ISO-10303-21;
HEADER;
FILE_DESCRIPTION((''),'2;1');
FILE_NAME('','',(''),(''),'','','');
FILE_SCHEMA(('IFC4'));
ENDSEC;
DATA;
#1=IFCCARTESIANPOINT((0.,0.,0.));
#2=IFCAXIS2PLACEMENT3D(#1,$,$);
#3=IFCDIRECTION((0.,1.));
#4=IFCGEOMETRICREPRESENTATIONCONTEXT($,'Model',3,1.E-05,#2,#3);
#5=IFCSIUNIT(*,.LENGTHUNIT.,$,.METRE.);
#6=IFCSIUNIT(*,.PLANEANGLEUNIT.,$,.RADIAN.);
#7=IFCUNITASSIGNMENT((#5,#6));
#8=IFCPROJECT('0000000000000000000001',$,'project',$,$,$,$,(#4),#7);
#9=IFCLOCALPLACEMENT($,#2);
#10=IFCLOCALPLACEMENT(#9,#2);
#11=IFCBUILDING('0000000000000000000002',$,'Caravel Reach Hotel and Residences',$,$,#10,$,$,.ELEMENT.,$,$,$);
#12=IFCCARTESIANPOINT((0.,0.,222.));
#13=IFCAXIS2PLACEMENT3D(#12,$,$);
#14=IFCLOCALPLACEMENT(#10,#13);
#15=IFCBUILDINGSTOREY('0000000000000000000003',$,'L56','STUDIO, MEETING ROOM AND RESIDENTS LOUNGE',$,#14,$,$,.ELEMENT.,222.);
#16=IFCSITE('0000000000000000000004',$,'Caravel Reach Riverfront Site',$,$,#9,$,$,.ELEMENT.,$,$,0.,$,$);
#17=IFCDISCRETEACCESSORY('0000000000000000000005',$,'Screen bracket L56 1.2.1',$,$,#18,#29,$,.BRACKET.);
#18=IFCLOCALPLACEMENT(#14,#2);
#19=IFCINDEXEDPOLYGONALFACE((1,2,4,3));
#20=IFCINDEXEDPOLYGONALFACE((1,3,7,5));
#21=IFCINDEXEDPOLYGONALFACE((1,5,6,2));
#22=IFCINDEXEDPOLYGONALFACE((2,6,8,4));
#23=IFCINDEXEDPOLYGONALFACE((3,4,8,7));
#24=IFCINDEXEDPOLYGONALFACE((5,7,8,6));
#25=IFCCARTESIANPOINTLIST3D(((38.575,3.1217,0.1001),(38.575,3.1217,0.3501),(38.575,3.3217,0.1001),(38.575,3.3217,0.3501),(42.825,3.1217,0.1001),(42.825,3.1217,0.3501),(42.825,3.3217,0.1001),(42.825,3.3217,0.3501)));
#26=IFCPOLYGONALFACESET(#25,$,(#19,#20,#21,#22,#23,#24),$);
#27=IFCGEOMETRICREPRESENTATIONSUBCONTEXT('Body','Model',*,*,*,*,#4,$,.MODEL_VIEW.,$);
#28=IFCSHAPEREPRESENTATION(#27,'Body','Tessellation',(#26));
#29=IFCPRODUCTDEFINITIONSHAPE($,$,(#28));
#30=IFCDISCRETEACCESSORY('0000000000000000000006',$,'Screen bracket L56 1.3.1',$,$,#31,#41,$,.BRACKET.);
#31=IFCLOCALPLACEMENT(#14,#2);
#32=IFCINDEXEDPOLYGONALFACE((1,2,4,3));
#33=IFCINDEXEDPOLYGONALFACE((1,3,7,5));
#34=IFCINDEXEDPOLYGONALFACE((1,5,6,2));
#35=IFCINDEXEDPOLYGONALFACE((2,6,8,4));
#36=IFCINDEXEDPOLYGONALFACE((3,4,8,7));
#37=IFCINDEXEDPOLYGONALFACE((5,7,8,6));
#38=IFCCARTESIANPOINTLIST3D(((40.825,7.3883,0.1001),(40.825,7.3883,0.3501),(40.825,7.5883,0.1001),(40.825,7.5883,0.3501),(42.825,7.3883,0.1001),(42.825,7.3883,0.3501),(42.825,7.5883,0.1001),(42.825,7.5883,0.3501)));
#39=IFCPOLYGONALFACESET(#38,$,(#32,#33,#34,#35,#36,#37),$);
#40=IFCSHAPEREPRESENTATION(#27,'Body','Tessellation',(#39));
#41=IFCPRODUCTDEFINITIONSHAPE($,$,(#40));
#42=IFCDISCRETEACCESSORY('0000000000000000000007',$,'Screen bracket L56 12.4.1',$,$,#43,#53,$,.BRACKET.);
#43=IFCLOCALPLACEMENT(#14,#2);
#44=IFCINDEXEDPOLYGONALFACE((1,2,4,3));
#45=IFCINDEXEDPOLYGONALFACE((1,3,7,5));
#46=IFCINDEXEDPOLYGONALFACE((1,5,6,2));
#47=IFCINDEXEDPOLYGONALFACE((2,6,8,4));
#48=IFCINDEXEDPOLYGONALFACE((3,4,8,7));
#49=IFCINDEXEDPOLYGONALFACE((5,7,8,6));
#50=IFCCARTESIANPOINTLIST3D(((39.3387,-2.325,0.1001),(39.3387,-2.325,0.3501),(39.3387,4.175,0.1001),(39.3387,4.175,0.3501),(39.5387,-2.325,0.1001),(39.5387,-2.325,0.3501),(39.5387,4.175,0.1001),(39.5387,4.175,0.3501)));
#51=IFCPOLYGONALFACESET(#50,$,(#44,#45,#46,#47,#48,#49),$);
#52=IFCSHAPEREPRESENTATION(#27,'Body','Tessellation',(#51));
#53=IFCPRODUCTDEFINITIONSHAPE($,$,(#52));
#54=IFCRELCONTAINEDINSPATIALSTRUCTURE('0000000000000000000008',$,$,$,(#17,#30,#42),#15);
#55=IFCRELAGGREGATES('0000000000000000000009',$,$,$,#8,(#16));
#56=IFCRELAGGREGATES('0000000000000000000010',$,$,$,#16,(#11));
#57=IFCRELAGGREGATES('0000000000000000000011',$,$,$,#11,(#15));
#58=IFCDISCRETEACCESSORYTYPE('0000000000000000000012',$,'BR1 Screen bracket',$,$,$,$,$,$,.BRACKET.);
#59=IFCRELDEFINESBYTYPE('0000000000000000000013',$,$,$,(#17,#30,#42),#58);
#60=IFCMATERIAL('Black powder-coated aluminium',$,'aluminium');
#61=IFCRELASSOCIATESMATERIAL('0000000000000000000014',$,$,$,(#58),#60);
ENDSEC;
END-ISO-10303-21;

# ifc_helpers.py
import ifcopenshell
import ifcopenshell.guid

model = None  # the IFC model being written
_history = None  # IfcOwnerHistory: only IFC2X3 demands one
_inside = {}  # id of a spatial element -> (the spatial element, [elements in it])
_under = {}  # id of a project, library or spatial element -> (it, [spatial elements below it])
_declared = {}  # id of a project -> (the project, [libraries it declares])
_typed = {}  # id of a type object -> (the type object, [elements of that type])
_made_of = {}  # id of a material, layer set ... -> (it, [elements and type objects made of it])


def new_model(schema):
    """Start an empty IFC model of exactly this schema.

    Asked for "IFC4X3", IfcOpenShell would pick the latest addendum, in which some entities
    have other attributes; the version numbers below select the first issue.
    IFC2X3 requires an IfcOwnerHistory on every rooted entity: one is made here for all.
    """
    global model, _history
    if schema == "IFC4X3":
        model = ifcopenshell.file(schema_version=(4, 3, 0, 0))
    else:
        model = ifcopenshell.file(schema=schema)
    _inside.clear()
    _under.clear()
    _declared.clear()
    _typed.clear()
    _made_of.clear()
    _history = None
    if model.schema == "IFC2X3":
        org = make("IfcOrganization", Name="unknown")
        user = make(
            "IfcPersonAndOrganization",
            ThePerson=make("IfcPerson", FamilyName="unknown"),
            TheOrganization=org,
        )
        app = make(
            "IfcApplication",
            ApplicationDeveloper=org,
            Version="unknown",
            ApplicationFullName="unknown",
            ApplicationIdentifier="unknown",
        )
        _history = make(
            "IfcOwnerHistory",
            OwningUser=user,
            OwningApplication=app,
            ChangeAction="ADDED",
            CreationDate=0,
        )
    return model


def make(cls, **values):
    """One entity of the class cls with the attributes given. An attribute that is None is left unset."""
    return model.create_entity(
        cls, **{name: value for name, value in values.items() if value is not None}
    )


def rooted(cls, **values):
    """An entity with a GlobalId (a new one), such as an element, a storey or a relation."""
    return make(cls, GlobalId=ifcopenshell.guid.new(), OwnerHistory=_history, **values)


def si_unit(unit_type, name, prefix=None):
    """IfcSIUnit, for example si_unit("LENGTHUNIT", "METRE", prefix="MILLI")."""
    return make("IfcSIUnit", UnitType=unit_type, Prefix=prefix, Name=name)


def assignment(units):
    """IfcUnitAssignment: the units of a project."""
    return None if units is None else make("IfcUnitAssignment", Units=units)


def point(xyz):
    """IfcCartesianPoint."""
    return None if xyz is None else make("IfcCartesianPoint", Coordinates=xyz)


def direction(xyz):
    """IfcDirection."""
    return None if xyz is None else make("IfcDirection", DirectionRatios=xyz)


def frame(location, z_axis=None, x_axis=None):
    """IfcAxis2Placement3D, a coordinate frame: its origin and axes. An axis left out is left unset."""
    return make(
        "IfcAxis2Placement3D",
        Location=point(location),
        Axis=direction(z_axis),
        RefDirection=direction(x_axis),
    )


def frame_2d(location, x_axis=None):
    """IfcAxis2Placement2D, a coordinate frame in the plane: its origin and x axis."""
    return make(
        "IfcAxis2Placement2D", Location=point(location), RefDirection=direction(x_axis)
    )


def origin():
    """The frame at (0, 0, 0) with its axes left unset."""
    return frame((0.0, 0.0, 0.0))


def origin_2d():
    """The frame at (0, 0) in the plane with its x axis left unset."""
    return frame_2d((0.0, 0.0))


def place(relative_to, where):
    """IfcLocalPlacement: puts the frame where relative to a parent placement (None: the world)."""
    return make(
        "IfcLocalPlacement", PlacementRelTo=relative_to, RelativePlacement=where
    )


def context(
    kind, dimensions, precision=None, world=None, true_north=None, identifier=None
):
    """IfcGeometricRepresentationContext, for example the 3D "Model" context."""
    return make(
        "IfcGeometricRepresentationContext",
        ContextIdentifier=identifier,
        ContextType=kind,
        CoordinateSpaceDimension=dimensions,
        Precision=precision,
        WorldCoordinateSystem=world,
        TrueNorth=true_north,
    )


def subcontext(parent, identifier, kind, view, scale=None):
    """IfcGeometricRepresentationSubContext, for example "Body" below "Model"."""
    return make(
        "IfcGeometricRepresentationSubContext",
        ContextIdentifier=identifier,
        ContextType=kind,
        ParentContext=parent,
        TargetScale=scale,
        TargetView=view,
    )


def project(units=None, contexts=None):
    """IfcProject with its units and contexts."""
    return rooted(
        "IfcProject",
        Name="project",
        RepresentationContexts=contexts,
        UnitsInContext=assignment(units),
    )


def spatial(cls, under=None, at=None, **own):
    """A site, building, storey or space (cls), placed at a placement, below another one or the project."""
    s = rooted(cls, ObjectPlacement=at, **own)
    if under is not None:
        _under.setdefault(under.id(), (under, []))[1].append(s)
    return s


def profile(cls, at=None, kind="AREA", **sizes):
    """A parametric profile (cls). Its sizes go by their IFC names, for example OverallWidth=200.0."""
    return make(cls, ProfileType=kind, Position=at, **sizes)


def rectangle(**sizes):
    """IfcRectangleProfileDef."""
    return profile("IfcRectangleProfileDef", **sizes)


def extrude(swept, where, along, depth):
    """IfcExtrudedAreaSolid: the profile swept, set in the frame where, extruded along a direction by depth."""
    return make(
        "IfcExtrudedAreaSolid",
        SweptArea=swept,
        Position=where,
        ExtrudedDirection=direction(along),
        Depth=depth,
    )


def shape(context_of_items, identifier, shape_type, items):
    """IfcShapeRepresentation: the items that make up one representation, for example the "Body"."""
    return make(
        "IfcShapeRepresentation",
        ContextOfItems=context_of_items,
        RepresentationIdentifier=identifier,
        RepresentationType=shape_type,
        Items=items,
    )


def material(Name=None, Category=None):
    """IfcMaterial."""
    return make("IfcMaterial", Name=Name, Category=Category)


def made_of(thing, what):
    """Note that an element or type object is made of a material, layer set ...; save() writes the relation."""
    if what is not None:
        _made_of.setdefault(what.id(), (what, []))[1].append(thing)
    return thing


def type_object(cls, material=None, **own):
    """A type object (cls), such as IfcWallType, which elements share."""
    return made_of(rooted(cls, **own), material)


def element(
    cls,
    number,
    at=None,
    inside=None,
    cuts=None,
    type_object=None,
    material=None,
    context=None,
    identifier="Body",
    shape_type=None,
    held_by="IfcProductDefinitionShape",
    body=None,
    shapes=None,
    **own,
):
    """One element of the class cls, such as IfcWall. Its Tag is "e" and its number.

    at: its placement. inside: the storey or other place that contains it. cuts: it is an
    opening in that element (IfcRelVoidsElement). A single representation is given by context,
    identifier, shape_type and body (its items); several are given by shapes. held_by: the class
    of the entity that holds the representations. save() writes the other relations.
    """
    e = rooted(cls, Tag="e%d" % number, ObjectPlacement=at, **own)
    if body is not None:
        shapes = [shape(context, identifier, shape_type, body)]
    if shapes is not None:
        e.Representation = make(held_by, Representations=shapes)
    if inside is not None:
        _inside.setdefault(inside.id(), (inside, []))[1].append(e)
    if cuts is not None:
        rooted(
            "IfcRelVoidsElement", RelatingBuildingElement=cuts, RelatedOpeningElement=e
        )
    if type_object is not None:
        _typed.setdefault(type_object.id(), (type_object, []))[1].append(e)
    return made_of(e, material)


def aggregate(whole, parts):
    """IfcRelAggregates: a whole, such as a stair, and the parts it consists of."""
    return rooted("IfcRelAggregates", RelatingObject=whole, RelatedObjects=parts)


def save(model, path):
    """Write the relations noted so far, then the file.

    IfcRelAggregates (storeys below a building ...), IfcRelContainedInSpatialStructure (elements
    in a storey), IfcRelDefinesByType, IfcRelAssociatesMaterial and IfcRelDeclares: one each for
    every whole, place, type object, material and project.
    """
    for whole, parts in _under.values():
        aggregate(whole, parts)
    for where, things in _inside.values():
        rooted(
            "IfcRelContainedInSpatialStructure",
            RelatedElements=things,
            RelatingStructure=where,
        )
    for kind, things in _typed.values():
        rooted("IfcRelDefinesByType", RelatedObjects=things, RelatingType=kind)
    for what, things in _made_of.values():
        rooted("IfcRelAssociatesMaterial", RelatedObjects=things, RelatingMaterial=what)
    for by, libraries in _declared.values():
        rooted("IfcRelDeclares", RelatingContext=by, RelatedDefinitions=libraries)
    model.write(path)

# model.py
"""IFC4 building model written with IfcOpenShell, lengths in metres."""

from ifc_helpers import new_model, si_unit, direction, frame, origin, origin_2d, place, context, subcontext, project, spatial, rectangle, extrude, material, type_object, element, save


model = new_model("IFC4")

# Units and contexts
model_context = context("Model", 3, precision=1e-05, world=origin(), true_north=direction((0.0, 1.0)))
body_context = subcontext(model_context, "Body", "Model", "MODEL_VIEW")
ifc_project = project(units=[si_unit("LENGTHUNIT", "METRE"), si_unit("PLANEANGLEUNIT", "RADIAN")], contexts=[model_context])

# Site, building, storey
site_placement = place(None, origin())
site = spatial("IfcSite", under=ifc_project, at=site_placement, Name="Caravel Reach Riverfront Site", CompositionType="ELEMENT", RefElevation=0.0)
building_placement = place(site_placement, origin())
building = spatial("IfcBuilding", under=site, at=building_placement, Name="Caravel Reach Hotel and Residences", CompositionType="ELEMENT")
storey_placement = place(building_placement, frame((0.0, 0.0, 222.0)))
storey = spatial("IfcBuildingStorey", under=building, at=storey_placement, Name="L56", Description="STUDIO, MEETING ROOM AND RESIDENTS LOUNGE", CompositionType="ELEMENT", Elevation=222.0)

# Discrete accessories
ifc_material_1 = material(Name="Black powder-coated aluminium", Category="aluminium")
discrete_accessory_type = type_object("IfcDiscreteAccessoryType", Name="BR1 Screen bracket", PredefinedType="BRACKET", material=ifc_material_1)
discrete_accessory_1_placement = place(storey_placement, frame((40.7, 3.2217, 0.1001), z_axis=(0.0, 0.0, 1.0), x_axis=(1.0, 0.0, 0.0)))
element("IfcDiscreteAccessory", 1, at=discrete_accessory_1_placement, inside=storey, type_object=discrete_accessory_type, Name="Screen bracket L56 1.2.1", PredefinedType="BRACKET", context=body_context, shape_type="SweptSolid", body=[
    extrude(rectangle(XDim=4.25, YDim=0.2, at=origin_2d()), origin(), (0.0, 0.0, 1.0), 0.25),
])
discrete_accessory_2_placement = place(storey_placement, frame((41.825, 7.4883, 0.1001), z_axis=(0.0, 0.0, 1.0), x_axis=(1.0, 0.0, 0.0)))
element("IfcDiscreteAccessory", 2, at=discrete_accessory_2_placement, inside=storey, type_object=discrete_accessory_type, Name="Screen bracket L56 1.3.1", PredefinedType="BRACKET", context=body_context, shape_type="SweptSolid", body=[
    extrude(rectangle(XDim=2.0, YDim=0.2, at=origin_2d()), origin(), (0.0, 0.0, 1.0), 0.25),
])
discrete_accessory_3_placement = place(storey_placement, frame((39.4387, 0.925, 0.1001), z_axis=(0.0, 0.0, 1.0), x_axis=(0.0, -1.0, 0.0)))
element("IfcDiscreteAccessory", 3, at=discrete_accessory_3_placement, inside=storey, type_object=discrete_accessory_type, Name="Screen bracket L56 12.4.1", PredefinedType="BRACKET", context=body_context, shape_type="SweptSolid", body=[
    extrude(rectangle(XDim=6.5, YDim=0.2, at=origin_2d()), origin(), (0.0, 0.0, 1.0), 0.25),
])

save(model, "model.ifc")
